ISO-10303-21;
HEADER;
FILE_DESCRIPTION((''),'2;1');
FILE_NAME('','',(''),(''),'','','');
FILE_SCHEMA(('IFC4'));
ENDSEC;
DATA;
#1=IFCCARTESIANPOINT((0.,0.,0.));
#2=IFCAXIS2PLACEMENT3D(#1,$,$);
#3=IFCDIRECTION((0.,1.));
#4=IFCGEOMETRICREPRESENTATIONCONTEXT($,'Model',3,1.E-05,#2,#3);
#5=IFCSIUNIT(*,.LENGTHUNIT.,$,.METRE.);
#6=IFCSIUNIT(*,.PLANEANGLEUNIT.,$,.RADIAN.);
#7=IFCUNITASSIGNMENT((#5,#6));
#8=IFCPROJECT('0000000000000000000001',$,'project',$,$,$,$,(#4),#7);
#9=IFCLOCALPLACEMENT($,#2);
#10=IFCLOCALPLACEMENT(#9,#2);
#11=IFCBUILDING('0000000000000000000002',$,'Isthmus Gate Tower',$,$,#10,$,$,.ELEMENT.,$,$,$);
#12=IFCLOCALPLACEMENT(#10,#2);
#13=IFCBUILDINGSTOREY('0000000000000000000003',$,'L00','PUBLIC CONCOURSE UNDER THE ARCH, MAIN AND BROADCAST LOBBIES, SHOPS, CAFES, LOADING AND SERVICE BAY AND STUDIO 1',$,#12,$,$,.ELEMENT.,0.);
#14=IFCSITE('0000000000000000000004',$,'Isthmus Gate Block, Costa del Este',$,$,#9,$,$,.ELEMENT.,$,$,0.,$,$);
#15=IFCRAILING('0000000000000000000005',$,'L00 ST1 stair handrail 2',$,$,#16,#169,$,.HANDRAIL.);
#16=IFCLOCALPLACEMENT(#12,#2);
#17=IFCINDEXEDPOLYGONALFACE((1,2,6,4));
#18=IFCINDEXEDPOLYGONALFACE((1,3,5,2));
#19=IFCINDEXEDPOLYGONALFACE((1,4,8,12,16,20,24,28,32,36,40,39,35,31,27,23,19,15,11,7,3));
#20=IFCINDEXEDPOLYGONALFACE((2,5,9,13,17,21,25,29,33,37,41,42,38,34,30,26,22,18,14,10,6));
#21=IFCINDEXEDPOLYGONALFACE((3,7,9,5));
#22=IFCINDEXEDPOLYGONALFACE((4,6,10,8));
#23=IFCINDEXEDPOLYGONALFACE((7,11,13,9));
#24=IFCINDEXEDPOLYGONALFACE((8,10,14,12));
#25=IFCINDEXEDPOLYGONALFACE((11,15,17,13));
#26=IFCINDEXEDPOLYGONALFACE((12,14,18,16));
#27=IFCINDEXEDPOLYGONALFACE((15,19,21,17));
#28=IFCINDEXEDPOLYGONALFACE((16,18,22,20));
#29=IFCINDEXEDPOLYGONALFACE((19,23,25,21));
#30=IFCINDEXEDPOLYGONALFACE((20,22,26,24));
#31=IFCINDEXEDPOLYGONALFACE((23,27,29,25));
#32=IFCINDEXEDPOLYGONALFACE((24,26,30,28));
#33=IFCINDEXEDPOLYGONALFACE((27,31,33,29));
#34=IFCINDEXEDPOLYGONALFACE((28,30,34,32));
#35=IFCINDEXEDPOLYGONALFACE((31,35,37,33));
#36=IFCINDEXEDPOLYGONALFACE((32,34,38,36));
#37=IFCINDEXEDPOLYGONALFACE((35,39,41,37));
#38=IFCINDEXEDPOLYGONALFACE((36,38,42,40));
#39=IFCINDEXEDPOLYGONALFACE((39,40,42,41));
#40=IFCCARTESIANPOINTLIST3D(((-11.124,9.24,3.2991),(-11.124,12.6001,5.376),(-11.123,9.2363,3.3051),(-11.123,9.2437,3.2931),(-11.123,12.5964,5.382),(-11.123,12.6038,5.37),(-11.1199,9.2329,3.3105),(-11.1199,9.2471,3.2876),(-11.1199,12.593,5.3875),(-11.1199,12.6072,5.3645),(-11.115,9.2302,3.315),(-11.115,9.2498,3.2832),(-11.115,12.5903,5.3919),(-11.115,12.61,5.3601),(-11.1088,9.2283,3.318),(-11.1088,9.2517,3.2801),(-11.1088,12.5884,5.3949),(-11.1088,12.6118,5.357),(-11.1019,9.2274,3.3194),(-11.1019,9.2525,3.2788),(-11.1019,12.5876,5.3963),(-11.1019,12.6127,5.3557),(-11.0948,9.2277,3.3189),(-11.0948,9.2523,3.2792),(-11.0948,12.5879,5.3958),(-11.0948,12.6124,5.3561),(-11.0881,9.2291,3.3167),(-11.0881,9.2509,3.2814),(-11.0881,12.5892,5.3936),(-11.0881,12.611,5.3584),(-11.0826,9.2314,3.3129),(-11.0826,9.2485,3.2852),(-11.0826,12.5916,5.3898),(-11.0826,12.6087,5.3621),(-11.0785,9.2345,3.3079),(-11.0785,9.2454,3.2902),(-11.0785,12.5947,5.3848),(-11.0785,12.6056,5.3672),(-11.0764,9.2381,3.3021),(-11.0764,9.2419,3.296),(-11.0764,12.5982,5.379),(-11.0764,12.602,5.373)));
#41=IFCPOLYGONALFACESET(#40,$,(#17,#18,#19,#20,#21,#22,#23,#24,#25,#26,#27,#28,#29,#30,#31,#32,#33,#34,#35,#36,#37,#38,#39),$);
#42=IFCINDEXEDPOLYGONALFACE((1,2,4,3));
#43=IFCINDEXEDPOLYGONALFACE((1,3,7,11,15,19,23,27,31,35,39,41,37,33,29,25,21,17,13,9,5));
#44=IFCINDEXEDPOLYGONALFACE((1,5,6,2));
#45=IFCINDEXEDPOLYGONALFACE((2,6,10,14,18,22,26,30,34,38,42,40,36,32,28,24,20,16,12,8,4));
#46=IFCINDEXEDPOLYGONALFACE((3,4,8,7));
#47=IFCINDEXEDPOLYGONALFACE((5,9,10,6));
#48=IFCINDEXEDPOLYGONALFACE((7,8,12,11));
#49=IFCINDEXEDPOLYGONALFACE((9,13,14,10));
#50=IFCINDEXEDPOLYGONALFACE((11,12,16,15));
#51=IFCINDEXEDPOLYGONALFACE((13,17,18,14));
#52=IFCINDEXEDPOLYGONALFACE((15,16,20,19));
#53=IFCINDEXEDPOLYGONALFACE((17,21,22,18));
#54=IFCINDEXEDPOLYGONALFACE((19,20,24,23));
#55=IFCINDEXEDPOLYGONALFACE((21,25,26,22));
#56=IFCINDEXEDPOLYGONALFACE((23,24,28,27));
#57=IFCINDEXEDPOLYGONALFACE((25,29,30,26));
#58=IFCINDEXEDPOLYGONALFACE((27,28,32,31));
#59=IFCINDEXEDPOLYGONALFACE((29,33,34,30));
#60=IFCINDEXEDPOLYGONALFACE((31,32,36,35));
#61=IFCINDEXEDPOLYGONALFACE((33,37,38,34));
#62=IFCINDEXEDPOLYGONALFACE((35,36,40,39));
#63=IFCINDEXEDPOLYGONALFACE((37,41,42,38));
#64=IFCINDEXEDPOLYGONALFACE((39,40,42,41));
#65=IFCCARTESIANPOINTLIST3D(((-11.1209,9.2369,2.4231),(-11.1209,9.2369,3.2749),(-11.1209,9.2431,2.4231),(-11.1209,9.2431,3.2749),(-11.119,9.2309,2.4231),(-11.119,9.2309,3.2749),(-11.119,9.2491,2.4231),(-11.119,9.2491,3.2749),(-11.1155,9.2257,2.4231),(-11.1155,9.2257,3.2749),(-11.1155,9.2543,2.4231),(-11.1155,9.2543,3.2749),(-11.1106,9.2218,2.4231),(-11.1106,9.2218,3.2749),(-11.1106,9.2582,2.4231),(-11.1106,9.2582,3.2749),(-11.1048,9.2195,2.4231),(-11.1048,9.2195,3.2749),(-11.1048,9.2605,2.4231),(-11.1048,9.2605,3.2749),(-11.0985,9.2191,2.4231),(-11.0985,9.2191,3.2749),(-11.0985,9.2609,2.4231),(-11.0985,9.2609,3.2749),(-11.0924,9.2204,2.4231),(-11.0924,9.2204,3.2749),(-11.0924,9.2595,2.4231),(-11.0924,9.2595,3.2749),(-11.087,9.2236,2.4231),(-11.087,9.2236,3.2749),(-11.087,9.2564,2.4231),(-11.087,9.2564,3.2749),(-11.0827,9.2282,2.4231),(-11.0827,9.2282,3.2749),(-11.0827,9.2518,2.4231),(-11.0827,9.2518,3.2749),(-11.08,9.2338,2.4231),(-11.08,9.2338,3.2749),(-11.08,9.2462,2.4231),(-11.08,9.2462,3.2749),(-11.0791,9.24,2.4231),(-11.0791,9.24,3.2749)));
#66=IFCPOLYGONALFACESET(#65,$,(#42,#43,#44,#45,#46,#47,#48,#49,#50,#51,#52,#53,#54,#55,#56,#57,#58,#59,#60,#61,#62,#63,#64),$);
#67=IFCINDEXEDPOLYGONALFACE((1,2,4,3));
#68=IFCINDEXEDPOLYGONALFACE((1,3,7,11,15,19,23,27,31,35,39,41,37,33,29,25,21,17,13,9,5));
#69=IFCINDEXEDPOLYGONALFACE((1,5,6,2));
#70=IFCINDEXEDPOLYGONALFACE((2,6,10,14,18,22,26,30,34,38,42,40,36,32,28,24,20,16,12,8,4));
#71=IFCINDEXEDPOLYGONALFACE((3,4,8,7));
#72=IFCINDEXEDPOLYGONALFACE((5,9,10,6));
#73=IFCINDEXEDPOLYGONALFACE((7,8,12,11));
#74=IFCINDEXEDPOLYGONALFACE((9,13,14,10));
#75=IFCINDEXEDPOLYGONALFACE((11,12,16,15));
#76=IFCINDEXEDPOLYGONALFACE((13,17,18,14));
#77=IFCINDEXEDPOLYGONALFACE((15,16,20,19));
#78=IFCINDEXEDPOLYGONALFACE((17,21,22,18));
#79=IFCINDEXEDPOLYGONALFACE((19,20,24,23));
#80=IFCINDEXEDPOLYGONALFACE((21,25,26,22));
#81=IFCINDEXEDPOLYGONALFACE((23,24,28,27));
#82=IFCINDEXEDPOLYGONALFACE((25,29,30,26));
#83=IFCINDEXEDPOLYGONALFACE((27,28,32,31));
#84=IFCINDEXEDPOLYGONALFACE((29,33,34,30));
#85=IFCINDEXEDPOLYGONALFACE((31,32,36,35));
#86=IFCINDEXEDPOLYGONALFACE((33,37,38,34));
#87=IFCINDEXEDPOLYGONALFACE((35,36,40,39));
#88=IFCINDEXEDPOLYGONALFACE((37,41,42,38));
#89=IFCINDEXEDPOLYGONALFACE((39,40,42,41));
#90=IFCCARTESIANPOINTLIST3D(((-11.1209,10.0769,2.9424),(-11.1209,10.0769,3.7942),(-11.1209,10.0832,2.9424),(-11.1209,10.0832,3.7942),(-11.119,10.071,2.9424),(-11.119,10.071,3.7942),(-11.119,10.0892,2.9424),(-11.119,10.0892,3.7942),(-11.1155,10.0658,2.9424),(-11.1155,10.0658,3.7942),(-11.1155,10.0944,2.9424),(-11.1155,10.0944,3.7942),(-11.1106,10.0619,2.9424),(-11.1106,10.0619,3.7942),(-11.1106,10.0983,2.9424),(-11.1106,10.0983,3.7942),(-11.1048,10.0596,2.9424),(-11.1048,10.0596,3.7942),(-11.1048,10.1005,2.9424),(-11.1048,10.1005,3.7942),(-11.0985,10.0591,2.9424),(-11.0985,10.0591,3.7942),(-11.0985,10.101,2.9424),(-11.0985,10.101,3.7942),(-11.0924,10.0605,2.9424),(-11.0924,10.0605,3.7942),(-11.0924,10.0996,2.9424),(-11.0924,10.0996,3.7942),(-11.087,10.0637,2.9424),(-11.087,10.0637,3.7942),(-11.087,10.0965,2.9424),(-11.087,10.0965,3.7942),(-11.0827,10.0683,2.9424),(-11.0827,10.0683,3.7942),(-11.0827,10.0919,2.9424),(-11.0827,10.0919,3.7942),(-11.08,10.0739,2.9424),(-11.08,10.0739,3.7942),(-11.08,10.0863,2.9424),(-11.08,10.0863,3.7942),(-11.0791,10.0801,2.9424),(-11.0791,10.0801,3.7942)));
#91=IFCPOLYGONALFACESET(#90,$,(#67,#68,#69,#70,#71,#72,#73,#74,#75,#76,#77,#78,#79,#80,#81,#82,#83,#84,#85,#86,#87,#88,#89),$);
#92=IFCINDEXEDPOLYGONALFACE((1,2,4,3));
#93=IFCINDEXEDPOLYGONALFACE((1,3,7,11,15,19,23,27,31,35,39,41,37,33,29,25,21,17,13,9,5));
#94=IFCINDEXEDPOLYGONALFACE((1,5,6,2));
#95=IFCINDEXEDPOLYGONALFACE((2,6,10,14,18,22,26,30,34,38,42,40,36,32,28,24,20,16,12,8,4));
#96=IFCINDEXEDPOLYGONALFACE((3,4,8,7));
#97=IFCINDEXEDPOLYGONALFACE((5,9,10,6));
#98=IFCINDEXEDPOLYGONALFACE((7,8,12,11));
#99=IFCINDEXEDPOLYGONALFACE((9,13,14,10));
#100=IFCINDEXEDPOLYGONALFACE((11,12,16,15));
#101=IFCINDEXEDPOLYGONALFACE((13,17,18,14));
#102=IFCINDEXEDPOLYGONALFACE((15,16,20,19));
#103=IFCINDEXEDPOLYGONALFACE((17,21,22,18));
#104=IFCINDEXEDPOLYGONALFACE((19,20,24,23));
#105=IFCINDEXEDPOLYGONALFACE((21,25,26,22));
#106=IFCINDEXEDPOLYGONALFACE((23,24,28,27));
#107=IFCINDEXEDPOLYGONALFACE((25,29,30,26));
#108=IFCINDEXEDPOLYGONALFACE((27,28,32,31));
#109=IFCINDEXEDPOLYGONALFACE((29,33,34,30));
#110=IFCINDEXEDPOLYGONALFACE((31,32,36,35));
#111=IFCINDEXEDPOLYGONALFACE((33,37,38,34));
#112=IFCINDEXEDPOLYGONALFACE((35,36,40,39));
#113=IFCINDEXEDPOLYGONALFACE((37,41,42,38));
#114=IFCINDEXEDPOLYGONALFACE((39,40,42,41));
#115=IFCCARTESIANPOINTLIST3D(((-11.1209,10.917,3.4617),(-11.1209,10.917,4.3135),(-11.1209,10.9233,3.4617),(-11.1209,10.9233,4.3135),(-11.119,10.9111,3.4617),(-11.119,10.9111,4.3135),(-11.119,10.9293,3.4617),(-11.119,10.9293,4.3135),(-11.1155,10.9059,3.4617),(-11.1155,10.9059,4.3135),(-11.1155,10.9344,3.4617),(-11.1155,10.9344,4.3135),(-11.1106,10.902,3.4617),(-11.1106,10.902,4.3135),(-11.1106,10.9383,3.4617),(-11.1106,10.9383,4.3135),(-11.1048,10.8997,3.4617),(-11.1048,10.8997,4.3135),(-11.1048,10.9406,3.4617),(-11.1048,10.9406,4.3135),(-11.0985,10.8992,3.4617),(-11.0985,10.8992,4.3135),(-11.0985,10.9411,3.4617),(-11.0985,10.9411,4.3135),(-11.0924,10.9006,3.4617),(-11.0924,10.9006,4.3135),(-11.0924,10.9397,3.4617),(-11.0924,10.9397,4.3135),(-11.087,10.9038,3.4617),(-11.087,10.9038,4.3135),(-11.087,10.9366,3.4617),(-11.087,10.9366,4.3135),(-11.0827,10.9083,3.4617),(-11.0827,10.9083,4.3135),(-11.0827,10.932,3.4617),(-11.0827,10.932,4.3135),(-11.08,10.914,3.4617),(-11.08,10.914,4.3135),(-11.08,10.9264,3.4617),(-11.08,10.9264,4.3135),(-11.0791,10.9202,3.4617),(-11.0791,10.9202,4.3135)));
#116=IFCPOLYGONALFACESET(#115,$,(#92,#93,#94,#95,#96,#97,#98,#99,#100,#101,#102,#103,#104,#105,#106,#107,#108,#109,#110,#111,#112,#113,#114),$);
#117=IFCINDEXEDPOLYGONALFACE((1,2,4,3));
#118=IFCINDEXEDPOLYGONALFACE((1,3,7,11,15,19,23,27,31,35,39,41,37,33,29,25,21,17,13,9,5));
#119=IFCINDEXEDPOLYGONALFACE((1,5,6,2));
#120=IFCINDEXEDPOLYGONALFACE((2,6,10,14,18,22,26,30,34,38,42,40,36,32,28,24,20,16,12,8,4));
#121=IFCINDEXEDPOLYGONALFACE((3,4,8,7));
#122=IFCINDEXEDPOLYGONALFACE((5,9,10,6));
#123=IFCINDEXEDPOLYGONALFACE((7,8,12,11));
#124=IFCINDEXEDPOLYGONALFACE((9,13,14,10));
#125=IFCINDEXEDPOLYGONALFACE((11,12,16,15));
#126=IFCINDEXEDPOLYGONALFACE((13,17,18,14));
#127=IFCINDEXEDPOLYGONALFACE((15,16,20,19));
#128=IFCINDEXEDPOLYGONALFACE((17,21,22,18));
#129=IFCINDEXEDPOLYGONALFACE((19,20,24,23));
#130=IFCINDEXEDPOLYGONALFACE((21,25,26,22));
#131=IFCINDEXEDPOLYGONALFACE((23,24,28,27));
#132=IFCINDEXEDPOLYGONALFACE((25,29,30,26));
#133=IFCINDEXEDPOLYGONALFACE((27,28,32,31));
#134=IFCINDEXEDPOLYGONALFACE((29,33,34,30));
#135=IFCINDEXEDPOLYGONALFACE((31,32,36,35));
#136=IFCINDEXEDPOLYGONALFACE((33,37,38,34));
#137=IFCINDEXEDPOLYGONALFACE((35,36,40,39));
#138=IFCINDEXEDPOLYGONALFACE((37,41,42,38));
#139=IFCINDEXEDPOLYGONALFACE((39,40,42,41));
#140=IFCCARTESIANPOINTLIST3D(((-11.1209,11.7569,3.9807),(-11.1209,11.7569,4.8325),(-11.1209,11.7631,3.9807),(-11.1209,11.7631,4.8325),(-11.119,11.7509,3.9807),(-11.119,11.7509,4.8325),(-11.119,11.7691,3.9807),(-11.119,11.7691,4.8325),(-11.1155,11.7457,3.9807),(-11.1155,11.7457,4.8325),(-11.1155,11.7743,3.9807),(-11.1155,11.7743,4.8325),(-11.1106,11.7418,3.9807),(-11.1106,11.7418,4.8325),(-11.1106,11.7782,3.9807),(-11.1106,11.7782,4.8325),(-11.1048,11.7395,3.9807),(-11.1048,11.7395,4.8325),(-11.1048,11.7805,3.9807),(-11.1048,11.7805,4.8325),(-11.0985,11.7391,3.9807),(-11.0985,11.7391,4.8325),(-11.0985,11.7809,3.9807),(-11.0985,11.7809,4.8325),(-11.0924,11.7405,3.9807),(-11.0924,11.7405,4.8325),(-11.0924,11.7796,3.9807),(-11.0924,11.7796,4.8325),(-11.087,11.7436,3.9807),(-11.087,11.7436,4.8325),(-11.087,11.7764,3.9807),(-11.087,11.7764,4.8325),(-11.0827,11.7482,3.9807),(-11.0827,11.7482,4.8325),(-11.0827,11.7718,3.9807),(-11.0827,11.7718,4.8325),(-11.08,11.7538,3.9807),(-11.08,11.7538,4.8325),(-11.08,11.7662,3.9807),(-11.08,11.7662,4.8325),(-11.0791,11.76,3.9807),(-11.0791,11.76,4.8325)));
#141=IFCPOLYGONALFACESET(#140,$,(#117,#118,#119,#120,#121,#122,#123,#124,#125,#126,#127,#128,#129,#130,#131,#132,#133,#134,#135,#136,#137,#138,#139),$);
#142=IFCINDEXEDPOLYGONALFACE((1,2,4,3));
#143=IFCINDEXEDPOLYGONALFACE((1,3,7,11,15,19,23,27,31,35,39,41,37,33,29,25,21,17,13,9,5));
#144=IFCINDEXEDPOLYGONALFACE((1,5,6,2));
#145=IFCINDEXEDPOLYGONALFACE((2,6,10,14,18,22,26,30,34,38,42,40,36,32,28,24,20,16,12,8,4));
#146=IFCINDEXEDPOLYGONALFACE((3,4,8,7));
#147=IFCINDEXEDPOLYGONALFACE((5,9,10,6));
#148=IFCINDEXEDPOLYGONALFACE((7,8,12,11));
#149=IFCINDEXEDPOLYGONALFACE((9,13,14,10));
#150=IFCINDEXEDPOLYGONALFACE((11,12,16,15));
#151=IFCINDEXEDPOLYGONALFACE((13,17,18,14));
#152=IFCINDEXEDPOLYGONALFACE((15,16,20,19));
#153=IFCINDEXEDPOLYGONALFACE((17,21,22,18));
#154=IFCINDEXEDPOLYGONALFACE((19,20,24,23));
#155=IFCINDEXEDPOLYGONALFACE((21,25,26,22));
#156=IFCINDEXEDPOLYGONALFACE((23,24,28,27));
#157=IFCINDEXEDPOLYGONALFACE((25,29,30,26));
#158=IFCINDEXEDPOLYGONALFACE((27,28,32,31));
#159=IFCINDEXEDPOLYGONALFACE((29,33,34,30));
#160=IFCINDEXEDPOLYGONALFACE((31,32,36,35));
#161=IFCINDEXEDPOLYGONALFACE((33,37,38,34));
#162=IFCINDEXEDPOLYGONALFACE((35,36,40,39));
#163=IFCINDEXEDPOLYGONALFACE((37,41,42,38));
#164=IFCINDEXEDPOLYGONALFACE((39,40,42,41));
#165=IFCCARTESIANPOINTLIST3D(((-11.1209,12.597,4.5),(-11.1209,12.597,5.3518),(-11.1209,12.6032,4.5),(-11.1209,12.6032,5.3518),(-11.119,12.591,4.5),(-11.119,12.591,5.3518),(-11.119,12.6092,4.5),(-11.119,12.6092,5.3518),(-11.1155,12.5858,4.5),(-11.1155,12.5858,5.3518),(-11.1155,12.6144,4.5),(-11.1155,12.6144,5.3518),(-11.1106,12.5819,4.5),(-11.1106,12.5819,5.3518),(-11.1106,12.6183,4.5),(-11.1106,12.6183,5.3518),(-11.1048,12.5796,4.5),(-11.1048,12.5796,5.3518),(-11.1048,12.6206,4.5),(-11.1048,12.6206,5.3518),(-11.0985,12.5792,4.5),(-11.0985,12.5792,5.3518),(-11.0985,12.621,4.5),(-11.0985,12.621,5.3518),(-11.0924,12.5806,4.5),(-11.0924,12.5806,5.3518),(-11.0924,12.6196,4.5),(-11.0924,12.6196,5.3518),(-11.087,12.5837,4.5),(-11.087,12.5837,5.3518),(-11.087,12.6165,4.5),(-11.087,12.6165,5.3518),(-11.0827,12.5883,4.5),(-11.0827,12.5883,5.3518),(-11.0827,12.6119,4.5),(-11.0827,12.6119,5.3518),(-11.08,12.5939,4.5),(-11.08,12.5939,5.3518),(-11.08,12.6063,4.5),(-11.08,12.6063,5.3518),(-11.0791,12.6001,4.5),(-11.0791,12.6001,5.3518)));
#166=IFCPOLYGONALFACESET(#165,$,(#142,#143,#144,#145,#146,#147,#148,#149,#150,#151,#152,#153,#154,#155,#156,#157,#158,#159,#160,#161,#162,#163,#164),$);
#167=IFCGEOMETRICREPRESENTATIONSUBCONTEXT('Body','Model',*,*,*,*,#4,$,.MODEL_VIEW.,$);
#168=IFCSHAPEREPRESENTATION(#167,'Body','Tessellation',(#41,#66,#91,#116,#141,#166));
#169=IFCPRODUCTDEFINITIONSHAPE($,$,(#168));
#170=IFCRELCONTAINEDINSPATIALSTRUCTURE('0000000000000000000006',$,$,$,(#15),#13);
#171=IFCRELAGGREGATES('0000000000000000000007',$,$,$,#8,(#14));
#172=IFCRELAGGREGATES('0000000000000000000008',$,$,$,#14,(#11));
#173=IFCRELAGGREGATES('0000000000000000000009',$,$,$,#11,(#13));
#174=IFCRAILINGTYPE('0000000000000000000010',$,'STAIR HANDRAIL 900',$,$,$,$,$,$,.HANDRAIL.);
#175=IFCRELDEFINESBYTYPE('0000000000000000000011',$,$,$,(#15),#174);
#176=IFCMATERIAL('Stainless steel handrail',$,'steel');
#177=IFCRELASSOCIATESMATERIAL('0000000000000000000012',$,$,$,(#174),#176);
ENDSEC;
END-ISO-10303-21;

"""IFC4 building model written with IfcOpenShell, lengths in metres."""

from ifc_helpers import new_model, si_unit, direction, frame, origin, origin_2d, place, context, subcontext, project, spatial, circle, extrude, material, type_object, element, save


model = new_model("IFC4")

# Units and contexts
model_context = context("Model", 3, precision=1e-05, world=origin(), true_north=direction((0.0, 1.0)))
body_context = subcontext(model_context, "Body", "Model", "MODEL_VIEW")
ifc_project = project(units=[si_unit("LENGTHUNIT", "METRE"), si_unit("PLANEANGLEUNIT", "RADIAN")], contexts=[model_context])

# Site, building, storey
site_placement = place(None, origin())
site = spatial("IfcSite", under=ifc_project, at=site_placement, Name="Isthmus Gate Block, Costa del Este", CompositionType="ELEMENT", RefElevation=0.0)
building_placement = place(site_placement, origin())
building = spatial("IfcBuilding", under=site, at=building_placement, Name="Isthmus Gate Tower", CompositionType="ELEMENT")
storey_placement = place(building_placement, origin())
storey = spatial("IfcBuildingStorey", under=building, at=storey_placement, Name="L00", Description="PUBLIC CONCOURSE UNDER THE ARCH, MAIN AND BROADCAST LOBBIES, SHOPS, CAFES, LOADING AND SERVICE BAY AND STUDIO 1", CompositionType="ELEMENT", Elevation=0.0)

# Railing
ifc_material_1 = material(Name="Stainless steel handrail", Category="steel")
railing_type_1 = type_object("IfcRailingType", Name="STAIR HANDRAIL 900", PredefinedType="HANDRAIL", material=ifc_material_1)
for number, where, name in (
    (1, (-11.1001, 9.24, 2.4231), "L00 ST1 stair handrail 2"),
):
    element("IfcRailing", number, at=place(storey_placement, frame(where)), inside=storey, type_object=railing_type_1, Name=name, PredefinedType="HANDRAIL", context=body_context, shape_type="SweptSolid", body=[
        extrude(circle(Radius=0.0239, at=origin_2d()), frame((0.0, 0.0, 0.876), z_axis=(0.0, 0.850623, 0.525776), x_axis=(-1.0, 0.0, 0.0)), (0.0, 0.0, 1.0), 3.9502),
        extrude(circle(Radius=0.021, at=origin_2d()), origin(), (0.0, 0.0, 1.0), 0.8518),
        extrude(circle(Radius=0.021, at=origin_2d()), frame((0.0, 0.8401, 0.5193)), (0.0, 0.0, 1.0), 0.8518),
        extrude(circle(Radius=0.021, at=origin_2d()), frame((0.0, 1.6802, 1.0386)), (0.0, 0.0, 1.0), 0.8518),
        extrude(circle(Radius=0.021, at=origin_2d()), frame((0.0, 2.52, 1.5576)), (0.0, 0.0, 1.0), 0.8518),
        extrude(circle(Radius=0.021, at=origin_2d()), frame((0.0, 3.3601, 2.0769)), (0.0, 0.0, 1.0), 0.8518),
    ])

save(model, "model.ifc")
